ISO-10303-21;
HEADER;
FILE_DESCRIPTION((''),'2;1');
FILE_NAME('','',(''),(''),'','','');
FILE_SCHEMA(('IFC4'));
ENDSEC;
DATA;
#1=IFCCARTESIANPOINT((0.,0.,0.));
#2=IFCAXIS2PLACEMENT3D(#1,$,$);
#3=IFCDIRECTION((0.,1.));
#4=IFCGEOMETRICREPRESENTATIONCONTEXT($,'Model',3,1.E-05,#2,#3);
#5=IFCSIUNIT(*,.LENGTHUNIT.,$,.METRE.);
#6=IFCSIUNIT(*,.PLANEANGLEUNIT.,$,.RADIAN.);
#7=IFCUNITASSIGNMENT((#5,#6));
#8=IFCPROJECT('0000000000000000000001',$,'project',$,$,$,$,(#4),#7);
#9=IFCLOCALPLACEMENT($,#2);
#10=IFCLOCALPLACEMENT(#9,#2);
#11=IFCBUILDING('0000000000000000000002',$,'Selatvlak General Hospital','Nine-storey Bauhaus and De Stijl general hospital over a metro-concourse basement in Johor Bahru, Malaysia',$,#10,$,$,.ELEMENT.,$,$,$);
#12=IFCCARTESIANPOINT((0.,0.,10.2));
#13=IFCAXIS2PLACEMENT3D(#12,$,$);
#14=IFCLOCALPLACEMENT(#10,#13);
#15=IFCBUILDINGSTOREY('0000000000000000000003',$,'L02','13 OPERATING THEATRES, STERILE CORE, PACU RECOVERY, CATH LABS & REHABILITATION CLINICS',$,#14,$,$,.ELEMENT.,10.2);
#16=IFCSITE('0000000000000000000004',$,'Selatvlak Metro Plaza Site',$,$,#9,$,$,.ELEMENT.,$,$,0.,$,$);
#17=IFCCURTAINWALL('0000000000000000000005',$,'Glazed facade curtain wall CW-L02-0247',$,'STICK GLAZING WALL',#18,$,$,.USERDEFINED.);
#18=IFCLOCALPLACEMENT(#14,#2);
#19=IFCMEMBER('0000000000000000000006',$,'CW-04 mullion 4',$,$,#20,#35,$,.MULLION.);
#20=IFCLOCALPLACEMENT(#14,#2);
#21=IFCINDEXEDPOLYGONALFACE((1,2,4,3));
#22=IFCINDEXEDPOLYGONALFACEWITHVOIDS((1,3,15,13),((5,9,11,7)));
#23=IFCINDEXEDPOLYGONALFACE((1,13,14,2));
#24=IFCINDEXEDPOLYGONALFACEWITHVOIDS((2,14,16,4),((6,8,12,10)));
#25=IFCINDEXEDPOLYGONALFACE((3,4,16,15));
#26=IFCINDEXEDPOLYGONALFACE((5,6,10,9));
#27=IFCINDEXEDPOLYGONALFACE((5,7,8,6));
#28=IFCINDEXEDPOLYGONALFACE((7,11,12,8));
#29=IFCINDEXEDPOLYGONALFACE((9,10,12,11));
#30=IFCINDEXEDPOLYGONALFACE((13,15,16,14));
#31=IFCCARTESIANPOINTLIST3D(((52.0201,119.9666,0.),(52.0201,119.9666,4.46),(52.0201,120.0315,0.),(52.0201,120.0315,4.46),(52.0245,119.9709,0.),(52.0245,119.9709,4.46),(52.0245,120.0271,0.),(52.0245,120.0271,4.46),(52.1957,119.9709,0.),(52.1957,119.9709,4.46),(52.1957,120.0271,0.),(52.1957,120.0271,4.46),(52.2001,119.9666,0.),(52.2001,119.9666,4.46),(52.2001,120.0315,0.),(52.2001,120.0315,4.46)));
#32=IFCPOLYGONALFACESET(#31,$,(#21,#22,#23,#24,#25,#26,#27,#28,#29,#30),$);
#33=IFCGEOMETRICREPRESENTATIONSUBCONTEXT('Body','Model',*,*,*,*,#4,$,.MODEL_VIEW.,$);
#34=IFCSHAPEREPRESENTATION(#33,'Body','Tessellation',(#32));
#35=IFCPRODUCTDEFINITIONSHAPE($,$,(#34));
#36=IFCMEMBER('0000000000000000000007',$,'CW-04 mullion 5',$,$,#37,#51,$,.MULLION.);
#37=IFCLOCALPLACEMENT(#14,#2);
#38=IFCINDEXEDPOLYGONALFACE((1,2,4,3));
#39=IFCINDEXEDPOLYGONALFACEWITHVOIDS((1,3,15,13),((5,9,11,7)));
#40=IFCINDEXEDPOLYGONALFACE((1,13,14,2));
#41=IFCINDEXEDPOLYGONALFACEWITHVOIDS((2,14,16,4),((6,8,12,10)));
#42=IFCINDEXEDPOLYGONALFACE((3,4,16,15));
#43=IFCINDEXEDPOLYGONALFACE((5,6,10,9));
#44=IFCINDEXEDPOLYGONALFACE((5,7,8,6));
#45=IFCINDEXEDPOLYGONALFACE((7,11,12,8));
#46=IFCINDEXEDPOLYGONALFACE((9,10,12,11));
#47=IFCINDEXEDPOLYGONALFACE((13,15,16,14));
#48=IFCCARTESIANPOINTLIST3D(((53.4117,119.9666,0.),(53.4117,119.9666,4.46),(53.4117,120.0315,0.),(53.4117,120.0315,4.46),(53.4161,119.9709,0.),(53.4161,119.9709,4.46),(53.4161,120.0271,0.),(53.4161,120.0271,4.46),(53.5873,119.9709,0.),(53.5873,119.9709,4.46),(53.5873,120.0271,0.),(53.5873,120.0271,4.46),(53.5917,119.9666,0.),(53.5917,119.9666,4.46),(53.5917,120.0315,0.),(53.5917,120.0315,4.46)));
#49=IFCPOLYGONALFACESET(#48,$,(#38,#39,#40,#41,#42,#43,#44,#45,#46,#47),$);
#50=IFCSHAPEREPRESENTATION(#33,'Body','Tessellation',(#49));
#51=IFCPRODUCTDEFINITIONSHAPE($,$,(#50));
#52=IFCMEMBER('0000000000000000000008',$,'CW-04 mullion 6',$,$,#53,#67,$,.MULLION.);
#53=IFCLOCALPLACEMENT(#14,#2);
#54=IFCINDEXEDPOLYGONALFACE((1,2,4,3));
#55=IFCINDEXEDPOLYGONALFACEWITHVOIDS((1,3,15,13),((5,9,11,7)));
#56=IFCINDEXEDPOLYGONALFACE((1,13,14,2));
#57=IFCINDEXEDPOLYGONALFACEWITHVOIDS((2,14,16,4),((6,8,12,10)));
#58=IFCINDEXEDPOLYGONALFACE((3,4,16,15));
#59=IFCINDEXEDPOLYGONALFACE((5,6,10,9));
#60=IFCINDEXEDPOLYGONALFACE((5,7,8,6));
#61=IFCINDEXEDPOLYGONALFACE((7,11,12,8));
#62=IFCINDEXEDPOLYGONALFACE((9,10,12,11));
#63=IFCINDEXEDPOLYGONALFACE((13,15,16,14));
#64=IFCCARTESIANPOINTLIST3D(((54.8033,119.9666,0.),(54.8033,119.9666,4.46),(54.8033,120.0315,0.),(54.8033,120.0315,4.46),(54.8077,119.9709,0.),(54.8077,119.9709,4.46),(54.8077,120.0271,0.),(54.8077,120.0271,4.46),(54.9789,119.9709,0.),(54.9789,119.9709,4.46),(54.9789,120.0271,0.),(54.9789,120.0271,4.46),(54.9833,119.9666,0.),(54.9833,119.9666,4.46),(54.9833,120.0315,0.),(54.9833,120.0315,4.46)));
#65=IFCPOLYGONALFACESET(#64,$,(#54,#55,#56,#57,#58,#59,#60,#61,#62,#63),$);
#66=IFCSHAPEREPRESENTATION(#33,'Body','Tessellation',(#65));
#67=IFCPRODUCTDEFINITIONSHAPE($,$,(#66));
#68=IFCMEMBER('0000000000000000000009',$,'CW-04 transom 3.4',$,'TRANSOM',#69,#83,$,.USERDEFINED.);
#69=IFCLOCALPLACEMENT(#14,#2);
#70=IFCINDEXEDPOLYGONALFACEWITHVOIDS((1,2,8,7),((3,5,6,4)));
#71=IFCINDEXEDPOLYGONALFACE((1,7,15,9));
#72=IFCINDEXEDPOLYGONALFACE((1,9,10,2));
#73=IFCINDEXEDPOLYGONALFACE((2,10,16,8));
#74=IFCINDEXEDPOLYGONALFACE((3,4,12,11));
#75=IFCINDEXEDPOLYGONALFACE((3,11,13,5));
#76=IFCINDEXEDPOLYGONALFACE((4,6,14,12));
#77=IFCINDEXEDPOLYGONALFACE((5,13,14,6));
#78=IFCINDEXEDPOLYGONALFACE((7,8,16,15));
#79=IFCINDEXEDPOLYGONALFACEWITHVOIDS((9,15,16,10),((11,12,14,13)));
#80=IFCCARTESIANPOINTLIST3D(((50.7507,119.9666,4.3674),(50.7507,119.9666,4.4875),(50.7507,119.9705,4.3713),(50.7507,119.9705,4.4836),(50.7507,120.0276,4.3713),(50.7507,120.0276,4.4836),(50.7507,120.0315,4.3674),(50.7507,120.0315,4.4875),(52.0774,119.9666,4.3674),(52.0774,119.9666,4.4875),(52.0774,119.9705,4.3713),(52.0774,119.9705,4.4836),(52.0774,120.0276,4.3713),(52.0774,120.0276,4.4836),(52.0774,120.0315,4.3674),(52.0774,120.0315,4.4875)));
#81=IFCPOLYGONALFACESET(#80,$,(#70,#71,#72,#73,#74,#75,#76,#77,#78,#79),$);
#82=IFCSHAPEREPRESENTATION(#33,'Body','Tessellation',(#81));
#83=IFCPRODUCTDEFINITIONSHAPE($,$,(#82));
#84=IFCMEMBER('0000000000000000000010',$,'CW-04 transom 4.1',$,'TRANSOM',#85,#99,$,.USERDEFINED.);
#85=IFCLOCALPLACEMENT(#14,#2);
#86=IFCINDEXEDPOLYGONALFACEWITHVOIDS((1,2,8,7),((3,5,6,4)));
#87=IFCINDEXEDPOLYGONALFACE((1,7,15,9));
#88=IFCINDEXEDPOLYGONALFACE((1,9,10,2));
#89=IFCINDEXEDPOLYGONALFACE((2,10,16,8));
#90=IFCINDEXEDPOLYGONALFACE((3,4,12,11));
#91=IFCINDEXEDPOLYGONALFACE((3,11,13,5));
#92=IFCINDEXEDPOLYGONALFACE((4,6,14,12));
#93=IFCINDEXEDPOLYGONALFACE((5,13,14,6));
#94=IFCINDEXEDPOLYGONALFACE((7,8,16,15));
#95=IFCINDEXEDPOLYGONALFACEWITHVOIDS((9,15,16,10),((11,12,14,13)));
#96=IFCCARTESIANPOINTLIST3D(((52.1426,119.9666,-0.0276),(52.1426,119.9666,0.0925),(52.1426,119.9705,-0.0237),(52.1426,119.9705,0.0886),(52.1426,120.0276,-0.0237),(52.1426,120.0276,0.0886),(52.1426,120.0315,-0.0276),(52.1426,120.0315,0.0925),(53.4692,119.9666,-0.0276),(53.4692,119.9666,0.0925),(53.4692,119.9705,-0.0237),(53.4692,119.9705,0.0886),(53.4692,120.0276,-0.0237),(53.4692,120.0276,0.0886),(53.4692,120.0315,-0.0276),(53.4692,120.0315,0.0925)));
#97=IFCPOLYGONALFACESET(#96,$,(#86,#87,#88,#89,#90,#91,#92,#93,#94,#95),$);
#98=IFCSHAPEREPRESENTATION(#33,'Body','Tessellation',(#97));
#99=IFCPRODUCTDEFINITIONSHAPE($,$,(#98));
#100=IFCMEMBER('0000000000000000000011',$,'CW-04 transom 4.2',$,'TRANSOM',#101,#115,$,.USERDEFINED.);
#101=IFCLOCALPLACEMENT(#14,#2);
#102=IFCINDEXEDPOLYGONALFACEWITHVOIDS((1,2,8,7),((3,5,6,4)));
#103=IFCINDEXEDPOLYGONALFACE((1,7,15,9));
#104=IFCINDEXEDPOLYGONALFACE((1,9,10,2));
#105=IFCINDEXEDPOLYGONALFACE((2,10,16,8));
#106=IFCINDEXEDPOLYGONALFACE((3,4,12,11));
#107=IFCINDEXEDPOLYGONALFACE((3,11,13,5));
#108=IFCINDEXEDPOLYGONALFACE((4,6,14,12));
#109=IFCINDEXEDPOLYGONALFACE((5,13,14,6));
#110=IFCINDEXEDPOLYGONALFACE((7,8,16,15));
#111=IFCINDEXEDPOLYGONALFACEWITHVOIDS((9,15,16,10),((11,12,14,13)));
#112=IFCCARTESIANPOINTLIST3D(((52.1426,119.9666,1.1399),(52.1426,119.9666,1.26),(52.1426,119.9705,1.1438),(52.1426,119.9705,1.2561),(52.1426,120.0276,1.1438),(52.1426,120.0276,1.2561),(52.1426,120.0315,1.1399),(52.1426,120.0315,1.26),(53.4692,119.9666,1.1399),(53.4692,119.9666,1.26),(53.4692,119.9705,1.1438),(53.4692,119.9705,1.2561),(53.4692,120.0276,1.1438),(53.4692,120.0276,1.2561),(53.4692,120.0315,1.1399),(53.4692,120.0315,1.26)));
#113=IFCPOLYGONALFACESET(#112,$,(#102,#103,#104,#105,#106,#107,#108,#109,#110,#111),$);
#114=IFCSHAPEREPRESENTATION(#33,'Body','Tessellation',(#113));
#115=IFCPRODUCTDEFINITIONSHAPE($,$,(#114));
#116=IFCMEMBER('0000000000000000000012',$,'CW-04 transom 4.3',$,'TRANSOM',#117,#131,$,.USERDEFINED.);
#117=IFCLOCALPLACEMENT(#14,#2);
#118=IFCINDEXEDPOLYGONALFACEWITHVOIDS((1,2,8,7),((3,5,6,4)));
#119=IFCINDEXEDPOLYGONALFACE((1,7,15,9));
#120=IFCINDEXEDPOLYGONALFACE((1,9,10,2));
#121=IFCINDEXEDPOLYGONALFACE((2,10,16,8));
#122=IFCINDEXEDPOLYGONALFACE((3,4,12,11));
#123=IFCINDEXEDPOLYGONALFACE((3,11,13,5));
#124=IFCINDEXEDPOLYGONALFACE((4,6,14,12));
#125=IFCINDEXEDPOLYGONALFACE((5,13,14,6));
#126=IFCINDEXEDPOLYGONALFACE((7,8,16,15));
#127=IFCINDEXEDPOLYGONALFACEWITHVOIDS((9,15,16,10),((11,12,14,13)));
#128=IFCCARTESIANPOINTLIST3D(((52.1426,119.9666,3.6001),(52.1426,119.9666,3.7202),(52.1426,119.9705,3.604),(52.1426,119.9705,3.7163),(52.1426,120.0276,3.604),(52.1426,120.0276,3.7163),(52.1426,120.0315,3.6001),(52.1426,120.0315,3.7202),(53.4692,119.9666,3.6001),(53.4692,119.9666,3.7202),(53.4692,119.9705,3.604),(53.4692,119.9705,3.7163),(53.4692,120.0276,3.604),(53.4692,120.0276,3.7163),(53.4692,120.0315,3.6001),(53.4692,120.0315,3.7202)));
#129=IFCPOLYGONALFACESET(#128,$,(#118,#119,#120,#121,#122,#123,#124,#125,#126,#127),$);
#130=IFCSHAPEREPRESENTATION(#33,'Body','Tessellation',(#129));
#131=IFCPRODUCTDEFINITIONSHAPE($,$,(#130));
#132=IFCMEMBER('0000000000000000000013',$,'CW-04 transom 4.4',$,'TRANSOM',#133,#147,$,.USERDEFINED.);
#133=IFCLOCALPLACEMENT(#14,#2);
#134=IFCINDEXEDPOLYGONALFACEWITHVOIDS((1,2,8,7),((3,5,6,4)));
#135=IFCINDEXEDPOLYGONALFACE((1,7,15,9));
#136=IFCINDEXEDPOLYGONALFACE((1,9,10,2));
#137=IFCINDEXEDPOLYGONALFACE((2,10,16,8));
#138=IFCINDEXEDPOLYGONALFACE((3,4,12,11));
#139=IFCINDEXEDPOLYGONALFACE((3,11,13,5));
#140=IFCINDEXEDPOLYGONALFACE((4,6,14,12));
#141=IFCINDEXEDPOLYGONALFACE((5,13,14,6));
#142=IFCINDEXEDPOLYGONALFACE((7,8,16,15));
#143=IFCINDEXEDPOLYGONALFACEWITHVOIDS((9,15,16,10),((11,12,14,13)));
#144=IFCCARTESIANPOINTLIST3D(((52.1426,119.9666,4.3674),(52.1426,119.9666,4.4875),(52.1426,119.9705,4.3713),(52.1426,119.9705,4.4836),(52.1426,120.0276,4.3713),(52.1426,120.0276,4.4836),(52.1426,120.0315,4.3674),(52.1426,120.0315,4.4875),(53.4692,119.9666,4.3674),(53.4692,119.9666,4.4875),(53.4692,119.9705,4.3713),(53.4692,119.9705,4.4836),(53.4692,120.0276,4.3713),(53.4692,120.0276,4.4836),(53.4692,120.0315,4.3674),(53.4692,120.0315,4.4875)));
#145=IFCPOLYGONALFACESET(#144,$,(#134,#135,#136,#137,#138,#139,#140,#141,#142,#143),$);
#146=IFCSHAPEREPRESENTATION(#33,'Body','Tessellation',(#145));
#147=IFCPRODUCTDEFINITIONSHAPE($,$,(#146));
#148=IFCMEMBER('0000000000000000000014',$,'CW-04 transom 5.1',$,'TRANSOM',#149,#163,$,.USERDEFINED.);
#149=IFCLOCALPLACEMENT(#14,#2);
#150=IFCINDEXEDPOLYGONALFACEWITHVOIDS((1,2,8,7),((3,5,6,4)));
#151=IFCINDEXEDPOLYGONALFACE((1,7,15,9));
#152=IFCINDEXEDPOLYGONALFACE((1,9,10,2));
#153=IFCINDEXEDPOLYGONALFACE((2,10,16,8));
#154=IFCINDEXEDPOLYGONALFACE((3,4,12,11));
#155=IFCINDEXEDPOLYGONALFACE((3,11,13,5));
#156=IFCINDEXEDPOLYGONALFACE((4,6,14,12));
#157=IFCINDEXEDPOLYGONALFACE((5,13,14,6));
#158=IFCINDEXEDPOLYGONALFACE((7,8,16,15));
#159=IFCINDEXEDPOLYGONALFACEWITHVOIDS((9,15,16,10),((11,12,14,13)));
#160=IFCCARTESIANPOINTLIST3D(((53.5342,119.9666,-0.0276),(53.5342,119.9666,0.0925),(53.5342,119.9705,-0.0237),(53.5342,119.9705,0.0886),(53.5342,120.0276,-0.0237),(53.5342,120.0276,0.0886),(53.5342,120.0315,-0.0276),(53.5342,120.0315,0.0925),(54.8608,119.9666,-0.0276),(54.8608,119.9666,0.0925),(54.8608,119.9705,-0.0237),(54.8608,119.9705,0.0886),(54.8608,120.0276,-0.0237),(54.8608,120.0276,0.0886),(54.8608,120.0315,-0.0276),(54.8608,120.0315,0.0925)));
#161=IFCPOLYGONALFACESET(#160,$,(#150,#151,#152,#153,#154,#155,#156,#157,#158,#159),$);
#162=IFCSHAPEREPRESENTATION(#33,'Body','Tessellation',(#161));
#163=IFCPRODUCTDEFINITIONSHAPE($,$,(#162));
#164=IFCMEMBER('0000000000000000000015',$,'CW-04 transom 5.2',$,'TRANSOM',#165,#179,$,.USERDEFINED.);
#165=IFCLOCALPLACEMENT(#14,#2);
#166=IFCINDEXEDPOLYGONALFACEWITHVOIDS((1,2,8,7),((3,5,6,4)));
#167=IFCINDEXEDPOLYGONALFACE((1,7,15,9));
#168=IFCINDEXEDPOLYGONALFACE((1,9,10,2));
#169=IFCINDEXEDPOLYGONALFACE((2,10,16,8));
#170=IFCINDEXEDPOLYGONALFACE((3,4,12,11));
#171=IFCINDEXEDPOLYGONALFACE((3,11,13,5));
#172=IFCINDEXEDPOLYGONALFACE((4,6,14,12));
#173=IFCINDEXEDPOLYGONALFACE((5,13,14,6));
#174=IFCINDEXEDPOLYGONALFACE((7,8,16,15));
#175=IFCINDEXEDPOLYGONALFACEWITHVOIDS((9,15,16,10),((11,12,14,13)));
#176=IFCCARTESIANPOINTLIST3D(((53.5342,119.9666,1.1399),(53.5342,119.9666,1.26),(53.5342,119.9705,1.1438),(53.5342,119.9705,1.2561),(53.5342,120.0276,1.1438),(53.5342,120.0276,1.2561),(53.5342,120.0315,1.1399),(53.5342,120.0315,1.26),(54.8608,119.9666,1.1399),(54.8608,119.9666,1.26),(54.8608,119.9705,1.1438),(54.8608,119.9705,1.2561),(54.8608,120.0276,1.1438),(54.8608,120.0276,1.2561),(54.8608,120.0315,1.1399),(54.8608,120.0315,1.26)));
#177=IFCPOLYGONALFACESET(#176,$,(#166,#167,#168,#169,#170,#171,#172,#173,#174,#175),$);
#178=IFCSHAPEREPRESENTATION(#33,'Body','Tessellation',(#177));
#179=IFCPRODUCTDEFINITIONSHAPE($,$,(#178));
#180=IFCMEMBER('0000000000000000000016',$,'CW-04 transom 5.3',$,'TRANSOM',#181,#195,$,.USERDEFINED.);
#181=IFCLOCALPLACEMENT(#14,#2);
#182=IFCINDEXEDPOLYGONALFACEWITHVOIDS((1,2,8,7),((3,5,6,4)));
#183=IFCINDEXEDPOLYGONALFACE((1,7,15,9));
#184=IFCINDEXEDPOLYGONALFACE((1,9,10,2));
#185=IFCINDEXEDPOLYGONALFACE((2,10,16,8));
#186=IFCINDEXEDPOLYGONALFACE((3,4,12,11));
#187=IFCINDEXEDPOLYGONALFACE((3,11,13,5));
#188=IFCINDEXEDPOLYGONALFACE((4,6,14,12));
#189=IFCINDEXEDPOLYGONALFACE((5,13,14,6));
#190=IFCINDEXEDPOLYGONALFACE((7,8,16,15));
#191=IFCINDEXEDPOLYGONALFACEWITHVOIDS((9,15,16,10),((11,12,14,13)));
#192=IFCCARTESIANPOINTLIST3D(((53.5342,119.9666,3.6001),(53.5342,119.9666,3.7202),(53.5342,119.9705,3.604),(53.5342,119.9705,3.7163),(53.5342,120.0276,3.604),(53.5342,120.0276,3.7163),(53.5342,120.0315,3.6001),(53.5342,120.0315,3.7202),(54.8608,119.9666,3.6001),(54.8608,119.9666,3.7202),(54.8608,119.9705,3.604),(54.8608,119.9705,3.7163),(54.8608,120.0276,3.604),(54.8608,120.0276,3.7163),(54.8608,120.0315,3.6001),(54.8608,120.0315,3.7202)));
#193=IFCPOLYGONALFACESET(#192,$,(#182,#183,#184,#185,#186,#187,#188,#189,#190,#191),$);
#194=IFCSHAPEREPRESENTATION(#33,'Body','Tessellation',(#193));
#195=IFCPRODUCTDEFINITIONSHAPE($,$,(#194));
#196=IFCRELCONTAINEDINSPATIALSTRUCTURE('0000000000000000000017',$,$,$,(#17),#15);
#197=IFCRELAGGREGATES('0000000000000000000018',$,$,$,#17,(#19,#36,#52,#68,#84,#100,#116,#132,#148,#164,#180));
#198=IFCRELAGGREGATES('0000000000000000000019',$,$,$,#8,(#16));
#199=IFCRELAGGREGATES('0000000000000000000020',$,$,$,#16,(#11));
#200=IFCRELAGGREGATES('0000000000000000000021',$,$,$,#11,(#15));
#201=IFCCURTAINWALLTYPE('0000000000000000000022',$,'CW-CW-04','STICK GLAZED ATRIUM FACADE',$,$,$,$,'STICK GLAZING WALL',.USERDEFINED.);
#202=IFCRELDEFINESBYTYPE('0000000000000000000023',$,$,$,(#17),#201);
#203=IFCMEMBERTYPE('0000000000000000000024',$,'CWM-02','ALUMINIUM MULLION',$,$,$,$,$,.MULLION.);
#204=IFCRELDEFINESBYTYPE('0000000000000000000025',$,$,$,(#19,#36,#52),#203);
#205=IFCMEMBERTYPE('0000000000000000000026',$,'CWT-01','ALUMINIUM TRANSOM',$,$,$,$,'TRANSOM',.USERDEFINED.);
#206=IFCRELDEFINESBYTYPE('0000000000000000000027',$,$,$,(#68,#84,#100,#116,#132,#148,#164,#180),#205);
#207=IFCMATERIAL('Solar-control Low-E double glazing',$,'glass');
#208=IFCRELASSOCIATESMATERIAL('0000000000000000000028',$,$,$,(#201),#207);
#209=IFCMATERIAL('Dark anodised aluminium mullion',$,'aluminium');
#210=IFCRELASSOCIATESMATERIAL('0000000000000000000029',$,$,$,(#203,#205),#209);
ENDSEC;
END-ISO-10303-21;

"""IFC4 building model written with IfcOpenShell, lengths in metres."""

from ifc_helpers import new_model, si_unit, direction, frame, origin, origin_2d, place, context, subcontext, project, spatial, hollow_rectangle, extrude, material, material_profile, profile_set, type_object, element, aggregate, save


model = new_model("IFC4")

# Units and contexts
model_context = context("Model", 3, precision=1e-05, world=origin(), true_north=direction((0.0, 1.0)))
body_context = subcontext(model_context, "Body", "Model", "MODEL_VIEW")
ifc_project = project(units=[si_unit("LENGTHUNIT", "METRE"), si_unit("PLANEANGLEUNIT", "RADIAN")], contexts=[model_context])

# Site, building, storey
site_placement = place(None, origin())
site = spatial("IfcSite", under=ifc_project, at=site_placement, Name="Selatvlak Metro Plaza Site", CompositionType="ELEMENT", RefElevation=0.0)
building_placement = place(site_placement, origin())
building = spatial("IfcBuilding", under=site, at=building_placement, Name="Selatvlak General Hospital", Description="Nine-storey Bauhaus and De Stijl general hospital over a metro-concourse basement in Johor Bahru, Malaysia", CompositionType="ELEMENT")
storey_placement = place(building_placement, frame((0.0, 0.0, 10.2)))
storey = spatial("IfcBuildingStorey", under=building, at=storey_placement, Name="L02", Description="13 OPERATING THEATRES, STERILE CORE, PACU RECOVERY, CATH LABS & REHABILITATION CLINICS", CompositionType="ELEMENT", Elevation=10.2)

# Curtain wall, members
ifc_material_1 = material(Name="Solar-control Low-E double glazing", Category="glass")
curtain_wall_type = type_object("IfcCurtainWallType", Name="CW-CW-04", Description="STICK GLAZED ATRIUM FACADE", ElementType="STICK GLAZING WALL", PredefinedType="USERDEFINED", material=ifc_material_1)
curtain_wall_placement = place(storey_placement, origin())
curtain_wall = element("IfcCurtainWall", 1, at=curtain_wall_placement, inside=storey, type_object=curtain_wall_type, Name="Glazed facade curtain wall CW-L02-0247", ObjectType="STICK GLAZING WALL", PredefinedType="USERDEFINED")
ifc_material_2 = material(Name="Dark anodised aluminium mullion", Category="aluminium")
ifc_material_profile_1 = material_profile(ifc_material_2, hollow_rectangle(XDim=0.0649, YDim=0.1799, WallThickness=0.0044, at=origin_2d()), Name="AL-MUL 65x180x4.5")
ifc_profile_set_1 = profile_set([ifc_material_profile_1], Name="Dark anodised aluminium mullion")
member_type_1 = type_object("IfcMemberType", Name="CWM-02", Description="ALUMINIUM MULLION", PredefinedType="MULLION", material=ifc_profile_set_1)
member_1_placement = place(storey_placement, frame((52.1101, 119.999, 0.0), z_axis=(0.0, 0.0, 1.0), x_axis=(0.0, 1.0, 0.0)))
member_1 = element("IfcMember", 2, at=member_1_placement, type_object=member_type_1, Name="CW-04 mullion 4", PredefinedType="MULLION", context=body_context, shape_type="SweptSolid", body=[
    extrude(hollow_rectangle(XDim=0.0649, YDim=0.1799, WallThickness=0.0044, at=origin_2d()), origin(), (0.0, 0.0, 1.0), 4.46),
])
member_2_placement = place(storey_placement, frame((53.5017, 119.999, 0.0), z_axis=(0.0, 0.0, 1.0), x_axis=(0.0, 1.0, 0.0)))
member_2 = element("IfcMember", 3, at=member_2_placement, type_object=member_type_1, Name="CW-04 mullion 5", PredefinedType="MULLION", context=body_context, shape_type="SweptSolid", body=[
    extrude(hollow_rectangle(XDim=0.0649, YDim=0.1799, WallThickness=0.0044, at=origin_2d()), origin(), (0.0, 0.0, 1.0), 4.46),
])
member_3_placement = place(storey_placement, frame((54.8933, 119.999, 0.0), z_axis=(0.0, 0.0, 1.0), x_axis=(0.0, 1.0, 0.0)))
member_3 = element("IfcMember", 4, at=member_3_placement, type_object=member_type_1, Name="CW-04 mullion 6", PredefinedType="MULLION", context=body_context, shape_type="SweptSolid", body=[
    extrude(hollow_rectangle(XDim=0.0649, YDim=0.1799, WallThickness=0.0044, at=origin_2d()), origin(), (0.0, 0.0, 1.0), 4.46),
])
ifc_material_profile_2 = material_profile(ifc_material_2, hollow_rectangle(XDim=0.0649, YDim=0.1201, WallThickness=0.0039, at=origin_2d()), Name="AL-TRN 65x120x4")
ifc_profile_set_2 = profile_set([ifc_material_profile_2], Name="Dark anodised aluminium mullion")
member_type_2 = type_object("IfcMemberType", Name="CWT-01", Description="ALUMINIUM TRANSOM", ElementType="TRANSOM", PredefinedType="USERDEFINED", material=ifc_profile_set_2)
member_4_placement = place(storey_placement, frame((50.7507, 119.999, 4.4275), z_axis=(1.0, 0.0, 0.0), x_axis=(0.0, 1.0, 0.0)))
member_4 = element("IfcMember", 5, at=member_4_placement, type_object=member_type_2, Name="CW-04 transom 3.4", ObjectType="TRANSOM", PredefinedType="USERDEFINED", context=body_context, shape_type="SweptSolid", body=[
    extrude(hollow_rectangle(XDim=0.0649, YDim=0.1201, WallThickness=0.0039, at=origin_2d()), origin(), (0.0, 0.0, 1.0), 1.3267),
])
member_5_placement = place(storey_placement, frame((52.1426, 119.999, 0.0325), z_axis=(1.0, 0.0, 0.0), x_axis=(0.0, 1.0, 0.0)))
member_5 = element("IfcMember", 6, at=member_5_placement, type_object=member_type_2, Name="CW-04 transom 4.1", ObjectType="TRANSOM", PredefinedType="USERDEFINED", context=body_context, shape_type="SweptSolid", body=[
    extrude(hollow_rectangle(XDim=0.0649, YDim=0.1201, WallThickness=0.0039, at=origin_2d()), origin(), (0.0, 0.0, 1.0), 1.3267),
])
member_6_placement = place(storey_placement, frame((52.1426, 119.999, 1.2), z_axis=(1.0, 0.0, 0.0), x_axis=(0.0, 1.0, 0.0)))
member_6 = element("IfcMember", 7, at=member_6_placement, type_object=member_type_2, Name="CW-04 transom 4.2", ObjectType="TRANSOM", PredefinedType="USERDEFINED", context=body_context, shape_type="SweptSolid", body=[
    extrude(hollow_rectangle(XDim=0.0649, YDim=0.1201, WallThickness=0.0039, at=origin_2d()), origin(), (0.0, 0.0, 1.0), 1.3267),
])
member_7_placement = place(storey_placement, frame((52.1426, 119.999, 3.6602), z_axis=(1.0, 0.0, 0.0), x_axis=(0.0, 1.0, 0.0)))
member_7 = element("IfcMember", 8, at=member_7_placement, type_object=member_type_2, Name="CW-04 transom 4.3", ObjectType="TRANSOM", PredefinedType="USERDEFINED", context=body_context, shape_type="SweptSolid", body=[
    extrude(hollow_rectangle(XDim=0.0649, YDim=0.1201, WallThickness=0.0039, at=origin_2d()), origin(), (0.0, 0.0, 1.0), 1.3267),
])
member_8_placement = place(storey_placement, frame((52.1426, 119.999, 4.4275), z_axis=(1.0, 0.0, 0.0), x_axis=(0.0, 1.0, 0.0)))
member_8 = element("IfcMember", 9, at=member_8_placement, type_object=member_type_2, Name="CW-04 transom 4.4", ObjectType="TRANSOM", PredefinedType="USERDEFINED", context=body_context, shape_type="SweptSolid", body=[
    extrude(hollow_rectangle(XDim=0.0649, YDim=0.1201, WallThickness=0.0039, at=origin_2d()), origin(), (0.0, 0.0, 1.0), 1.3267),
])
member_9_placement = place(storey_placement, frame((53.5342, 119.999, 0.0325), z_axis=(1.0, 0.0, 0.0), x_axis=(0.0, 1.0, 0.0)))
member_9 = element("IfcMember", 10, at=member_9_placement, type_object=member_type_2, Name="CW-04 transom 5.1", ObjectType="TRANSOM", PredefinedType="USERDEFINED", context=body_context, shape_type="SweptSolid", body=[
    extrude(hollow_rectangle(XDim=0.0649, YDim=0.1201, WallThickness=0.0039, at=origin_2d()), origin(), (0.0, 0.0, 1.0), 1.3267),
])
member_10_placement = place(storey_placement, frame((53.5342, 119.999, 1.2), z_axis=(1.0, 0.0, 0.0), x_axis=(0.0, 1.0, 0.0)))
member_10 = element("IfcMember", 11, at=member_10_placement, type_object=member_type_2, Name="CW-04 transom 5.2", ObjectType="TRANSOM", PredefinedType="USERDEFINED", context=body_context, shape_type="SweptSolid", body=[
    extrude(hollow_rectangle(XDim=0.0649, YDim=0.1201, WallThickness=0.0039, at=origin_2d()), origin(), (0.0, 0.0, 1.0), 1.3267),
])
member_11_placement = place(storey_placement, frame((53.5342, 119.999, 3.6602), z_axis=(1.0, 0.0, 0.0), x_axis=(0.0, 1.0, 0.0)))
member_11 = element("IfcMember", 12, at=member_11_placement, type_object=member_type_2, Name="CW-04 transom 5.3", ObjectType="TRANSOM", PredefinedType="USERDEFINED", context=body_context, shape_type="SweptSolid", body=[
    extrude(hollow_rectangle(XDim=0.0649, YDim=0.1201, WallThickness=0.0039, at=origin_2d()), origin(), (0.0, 0.0, 1.0), 1.3267),
])
aggregate(curtain_wall, [member_1, member_2, member_3, member_4, member_5, member_6, member_7, member_8, member_9, member_10, member_11])

save(model, "model.ifc")
